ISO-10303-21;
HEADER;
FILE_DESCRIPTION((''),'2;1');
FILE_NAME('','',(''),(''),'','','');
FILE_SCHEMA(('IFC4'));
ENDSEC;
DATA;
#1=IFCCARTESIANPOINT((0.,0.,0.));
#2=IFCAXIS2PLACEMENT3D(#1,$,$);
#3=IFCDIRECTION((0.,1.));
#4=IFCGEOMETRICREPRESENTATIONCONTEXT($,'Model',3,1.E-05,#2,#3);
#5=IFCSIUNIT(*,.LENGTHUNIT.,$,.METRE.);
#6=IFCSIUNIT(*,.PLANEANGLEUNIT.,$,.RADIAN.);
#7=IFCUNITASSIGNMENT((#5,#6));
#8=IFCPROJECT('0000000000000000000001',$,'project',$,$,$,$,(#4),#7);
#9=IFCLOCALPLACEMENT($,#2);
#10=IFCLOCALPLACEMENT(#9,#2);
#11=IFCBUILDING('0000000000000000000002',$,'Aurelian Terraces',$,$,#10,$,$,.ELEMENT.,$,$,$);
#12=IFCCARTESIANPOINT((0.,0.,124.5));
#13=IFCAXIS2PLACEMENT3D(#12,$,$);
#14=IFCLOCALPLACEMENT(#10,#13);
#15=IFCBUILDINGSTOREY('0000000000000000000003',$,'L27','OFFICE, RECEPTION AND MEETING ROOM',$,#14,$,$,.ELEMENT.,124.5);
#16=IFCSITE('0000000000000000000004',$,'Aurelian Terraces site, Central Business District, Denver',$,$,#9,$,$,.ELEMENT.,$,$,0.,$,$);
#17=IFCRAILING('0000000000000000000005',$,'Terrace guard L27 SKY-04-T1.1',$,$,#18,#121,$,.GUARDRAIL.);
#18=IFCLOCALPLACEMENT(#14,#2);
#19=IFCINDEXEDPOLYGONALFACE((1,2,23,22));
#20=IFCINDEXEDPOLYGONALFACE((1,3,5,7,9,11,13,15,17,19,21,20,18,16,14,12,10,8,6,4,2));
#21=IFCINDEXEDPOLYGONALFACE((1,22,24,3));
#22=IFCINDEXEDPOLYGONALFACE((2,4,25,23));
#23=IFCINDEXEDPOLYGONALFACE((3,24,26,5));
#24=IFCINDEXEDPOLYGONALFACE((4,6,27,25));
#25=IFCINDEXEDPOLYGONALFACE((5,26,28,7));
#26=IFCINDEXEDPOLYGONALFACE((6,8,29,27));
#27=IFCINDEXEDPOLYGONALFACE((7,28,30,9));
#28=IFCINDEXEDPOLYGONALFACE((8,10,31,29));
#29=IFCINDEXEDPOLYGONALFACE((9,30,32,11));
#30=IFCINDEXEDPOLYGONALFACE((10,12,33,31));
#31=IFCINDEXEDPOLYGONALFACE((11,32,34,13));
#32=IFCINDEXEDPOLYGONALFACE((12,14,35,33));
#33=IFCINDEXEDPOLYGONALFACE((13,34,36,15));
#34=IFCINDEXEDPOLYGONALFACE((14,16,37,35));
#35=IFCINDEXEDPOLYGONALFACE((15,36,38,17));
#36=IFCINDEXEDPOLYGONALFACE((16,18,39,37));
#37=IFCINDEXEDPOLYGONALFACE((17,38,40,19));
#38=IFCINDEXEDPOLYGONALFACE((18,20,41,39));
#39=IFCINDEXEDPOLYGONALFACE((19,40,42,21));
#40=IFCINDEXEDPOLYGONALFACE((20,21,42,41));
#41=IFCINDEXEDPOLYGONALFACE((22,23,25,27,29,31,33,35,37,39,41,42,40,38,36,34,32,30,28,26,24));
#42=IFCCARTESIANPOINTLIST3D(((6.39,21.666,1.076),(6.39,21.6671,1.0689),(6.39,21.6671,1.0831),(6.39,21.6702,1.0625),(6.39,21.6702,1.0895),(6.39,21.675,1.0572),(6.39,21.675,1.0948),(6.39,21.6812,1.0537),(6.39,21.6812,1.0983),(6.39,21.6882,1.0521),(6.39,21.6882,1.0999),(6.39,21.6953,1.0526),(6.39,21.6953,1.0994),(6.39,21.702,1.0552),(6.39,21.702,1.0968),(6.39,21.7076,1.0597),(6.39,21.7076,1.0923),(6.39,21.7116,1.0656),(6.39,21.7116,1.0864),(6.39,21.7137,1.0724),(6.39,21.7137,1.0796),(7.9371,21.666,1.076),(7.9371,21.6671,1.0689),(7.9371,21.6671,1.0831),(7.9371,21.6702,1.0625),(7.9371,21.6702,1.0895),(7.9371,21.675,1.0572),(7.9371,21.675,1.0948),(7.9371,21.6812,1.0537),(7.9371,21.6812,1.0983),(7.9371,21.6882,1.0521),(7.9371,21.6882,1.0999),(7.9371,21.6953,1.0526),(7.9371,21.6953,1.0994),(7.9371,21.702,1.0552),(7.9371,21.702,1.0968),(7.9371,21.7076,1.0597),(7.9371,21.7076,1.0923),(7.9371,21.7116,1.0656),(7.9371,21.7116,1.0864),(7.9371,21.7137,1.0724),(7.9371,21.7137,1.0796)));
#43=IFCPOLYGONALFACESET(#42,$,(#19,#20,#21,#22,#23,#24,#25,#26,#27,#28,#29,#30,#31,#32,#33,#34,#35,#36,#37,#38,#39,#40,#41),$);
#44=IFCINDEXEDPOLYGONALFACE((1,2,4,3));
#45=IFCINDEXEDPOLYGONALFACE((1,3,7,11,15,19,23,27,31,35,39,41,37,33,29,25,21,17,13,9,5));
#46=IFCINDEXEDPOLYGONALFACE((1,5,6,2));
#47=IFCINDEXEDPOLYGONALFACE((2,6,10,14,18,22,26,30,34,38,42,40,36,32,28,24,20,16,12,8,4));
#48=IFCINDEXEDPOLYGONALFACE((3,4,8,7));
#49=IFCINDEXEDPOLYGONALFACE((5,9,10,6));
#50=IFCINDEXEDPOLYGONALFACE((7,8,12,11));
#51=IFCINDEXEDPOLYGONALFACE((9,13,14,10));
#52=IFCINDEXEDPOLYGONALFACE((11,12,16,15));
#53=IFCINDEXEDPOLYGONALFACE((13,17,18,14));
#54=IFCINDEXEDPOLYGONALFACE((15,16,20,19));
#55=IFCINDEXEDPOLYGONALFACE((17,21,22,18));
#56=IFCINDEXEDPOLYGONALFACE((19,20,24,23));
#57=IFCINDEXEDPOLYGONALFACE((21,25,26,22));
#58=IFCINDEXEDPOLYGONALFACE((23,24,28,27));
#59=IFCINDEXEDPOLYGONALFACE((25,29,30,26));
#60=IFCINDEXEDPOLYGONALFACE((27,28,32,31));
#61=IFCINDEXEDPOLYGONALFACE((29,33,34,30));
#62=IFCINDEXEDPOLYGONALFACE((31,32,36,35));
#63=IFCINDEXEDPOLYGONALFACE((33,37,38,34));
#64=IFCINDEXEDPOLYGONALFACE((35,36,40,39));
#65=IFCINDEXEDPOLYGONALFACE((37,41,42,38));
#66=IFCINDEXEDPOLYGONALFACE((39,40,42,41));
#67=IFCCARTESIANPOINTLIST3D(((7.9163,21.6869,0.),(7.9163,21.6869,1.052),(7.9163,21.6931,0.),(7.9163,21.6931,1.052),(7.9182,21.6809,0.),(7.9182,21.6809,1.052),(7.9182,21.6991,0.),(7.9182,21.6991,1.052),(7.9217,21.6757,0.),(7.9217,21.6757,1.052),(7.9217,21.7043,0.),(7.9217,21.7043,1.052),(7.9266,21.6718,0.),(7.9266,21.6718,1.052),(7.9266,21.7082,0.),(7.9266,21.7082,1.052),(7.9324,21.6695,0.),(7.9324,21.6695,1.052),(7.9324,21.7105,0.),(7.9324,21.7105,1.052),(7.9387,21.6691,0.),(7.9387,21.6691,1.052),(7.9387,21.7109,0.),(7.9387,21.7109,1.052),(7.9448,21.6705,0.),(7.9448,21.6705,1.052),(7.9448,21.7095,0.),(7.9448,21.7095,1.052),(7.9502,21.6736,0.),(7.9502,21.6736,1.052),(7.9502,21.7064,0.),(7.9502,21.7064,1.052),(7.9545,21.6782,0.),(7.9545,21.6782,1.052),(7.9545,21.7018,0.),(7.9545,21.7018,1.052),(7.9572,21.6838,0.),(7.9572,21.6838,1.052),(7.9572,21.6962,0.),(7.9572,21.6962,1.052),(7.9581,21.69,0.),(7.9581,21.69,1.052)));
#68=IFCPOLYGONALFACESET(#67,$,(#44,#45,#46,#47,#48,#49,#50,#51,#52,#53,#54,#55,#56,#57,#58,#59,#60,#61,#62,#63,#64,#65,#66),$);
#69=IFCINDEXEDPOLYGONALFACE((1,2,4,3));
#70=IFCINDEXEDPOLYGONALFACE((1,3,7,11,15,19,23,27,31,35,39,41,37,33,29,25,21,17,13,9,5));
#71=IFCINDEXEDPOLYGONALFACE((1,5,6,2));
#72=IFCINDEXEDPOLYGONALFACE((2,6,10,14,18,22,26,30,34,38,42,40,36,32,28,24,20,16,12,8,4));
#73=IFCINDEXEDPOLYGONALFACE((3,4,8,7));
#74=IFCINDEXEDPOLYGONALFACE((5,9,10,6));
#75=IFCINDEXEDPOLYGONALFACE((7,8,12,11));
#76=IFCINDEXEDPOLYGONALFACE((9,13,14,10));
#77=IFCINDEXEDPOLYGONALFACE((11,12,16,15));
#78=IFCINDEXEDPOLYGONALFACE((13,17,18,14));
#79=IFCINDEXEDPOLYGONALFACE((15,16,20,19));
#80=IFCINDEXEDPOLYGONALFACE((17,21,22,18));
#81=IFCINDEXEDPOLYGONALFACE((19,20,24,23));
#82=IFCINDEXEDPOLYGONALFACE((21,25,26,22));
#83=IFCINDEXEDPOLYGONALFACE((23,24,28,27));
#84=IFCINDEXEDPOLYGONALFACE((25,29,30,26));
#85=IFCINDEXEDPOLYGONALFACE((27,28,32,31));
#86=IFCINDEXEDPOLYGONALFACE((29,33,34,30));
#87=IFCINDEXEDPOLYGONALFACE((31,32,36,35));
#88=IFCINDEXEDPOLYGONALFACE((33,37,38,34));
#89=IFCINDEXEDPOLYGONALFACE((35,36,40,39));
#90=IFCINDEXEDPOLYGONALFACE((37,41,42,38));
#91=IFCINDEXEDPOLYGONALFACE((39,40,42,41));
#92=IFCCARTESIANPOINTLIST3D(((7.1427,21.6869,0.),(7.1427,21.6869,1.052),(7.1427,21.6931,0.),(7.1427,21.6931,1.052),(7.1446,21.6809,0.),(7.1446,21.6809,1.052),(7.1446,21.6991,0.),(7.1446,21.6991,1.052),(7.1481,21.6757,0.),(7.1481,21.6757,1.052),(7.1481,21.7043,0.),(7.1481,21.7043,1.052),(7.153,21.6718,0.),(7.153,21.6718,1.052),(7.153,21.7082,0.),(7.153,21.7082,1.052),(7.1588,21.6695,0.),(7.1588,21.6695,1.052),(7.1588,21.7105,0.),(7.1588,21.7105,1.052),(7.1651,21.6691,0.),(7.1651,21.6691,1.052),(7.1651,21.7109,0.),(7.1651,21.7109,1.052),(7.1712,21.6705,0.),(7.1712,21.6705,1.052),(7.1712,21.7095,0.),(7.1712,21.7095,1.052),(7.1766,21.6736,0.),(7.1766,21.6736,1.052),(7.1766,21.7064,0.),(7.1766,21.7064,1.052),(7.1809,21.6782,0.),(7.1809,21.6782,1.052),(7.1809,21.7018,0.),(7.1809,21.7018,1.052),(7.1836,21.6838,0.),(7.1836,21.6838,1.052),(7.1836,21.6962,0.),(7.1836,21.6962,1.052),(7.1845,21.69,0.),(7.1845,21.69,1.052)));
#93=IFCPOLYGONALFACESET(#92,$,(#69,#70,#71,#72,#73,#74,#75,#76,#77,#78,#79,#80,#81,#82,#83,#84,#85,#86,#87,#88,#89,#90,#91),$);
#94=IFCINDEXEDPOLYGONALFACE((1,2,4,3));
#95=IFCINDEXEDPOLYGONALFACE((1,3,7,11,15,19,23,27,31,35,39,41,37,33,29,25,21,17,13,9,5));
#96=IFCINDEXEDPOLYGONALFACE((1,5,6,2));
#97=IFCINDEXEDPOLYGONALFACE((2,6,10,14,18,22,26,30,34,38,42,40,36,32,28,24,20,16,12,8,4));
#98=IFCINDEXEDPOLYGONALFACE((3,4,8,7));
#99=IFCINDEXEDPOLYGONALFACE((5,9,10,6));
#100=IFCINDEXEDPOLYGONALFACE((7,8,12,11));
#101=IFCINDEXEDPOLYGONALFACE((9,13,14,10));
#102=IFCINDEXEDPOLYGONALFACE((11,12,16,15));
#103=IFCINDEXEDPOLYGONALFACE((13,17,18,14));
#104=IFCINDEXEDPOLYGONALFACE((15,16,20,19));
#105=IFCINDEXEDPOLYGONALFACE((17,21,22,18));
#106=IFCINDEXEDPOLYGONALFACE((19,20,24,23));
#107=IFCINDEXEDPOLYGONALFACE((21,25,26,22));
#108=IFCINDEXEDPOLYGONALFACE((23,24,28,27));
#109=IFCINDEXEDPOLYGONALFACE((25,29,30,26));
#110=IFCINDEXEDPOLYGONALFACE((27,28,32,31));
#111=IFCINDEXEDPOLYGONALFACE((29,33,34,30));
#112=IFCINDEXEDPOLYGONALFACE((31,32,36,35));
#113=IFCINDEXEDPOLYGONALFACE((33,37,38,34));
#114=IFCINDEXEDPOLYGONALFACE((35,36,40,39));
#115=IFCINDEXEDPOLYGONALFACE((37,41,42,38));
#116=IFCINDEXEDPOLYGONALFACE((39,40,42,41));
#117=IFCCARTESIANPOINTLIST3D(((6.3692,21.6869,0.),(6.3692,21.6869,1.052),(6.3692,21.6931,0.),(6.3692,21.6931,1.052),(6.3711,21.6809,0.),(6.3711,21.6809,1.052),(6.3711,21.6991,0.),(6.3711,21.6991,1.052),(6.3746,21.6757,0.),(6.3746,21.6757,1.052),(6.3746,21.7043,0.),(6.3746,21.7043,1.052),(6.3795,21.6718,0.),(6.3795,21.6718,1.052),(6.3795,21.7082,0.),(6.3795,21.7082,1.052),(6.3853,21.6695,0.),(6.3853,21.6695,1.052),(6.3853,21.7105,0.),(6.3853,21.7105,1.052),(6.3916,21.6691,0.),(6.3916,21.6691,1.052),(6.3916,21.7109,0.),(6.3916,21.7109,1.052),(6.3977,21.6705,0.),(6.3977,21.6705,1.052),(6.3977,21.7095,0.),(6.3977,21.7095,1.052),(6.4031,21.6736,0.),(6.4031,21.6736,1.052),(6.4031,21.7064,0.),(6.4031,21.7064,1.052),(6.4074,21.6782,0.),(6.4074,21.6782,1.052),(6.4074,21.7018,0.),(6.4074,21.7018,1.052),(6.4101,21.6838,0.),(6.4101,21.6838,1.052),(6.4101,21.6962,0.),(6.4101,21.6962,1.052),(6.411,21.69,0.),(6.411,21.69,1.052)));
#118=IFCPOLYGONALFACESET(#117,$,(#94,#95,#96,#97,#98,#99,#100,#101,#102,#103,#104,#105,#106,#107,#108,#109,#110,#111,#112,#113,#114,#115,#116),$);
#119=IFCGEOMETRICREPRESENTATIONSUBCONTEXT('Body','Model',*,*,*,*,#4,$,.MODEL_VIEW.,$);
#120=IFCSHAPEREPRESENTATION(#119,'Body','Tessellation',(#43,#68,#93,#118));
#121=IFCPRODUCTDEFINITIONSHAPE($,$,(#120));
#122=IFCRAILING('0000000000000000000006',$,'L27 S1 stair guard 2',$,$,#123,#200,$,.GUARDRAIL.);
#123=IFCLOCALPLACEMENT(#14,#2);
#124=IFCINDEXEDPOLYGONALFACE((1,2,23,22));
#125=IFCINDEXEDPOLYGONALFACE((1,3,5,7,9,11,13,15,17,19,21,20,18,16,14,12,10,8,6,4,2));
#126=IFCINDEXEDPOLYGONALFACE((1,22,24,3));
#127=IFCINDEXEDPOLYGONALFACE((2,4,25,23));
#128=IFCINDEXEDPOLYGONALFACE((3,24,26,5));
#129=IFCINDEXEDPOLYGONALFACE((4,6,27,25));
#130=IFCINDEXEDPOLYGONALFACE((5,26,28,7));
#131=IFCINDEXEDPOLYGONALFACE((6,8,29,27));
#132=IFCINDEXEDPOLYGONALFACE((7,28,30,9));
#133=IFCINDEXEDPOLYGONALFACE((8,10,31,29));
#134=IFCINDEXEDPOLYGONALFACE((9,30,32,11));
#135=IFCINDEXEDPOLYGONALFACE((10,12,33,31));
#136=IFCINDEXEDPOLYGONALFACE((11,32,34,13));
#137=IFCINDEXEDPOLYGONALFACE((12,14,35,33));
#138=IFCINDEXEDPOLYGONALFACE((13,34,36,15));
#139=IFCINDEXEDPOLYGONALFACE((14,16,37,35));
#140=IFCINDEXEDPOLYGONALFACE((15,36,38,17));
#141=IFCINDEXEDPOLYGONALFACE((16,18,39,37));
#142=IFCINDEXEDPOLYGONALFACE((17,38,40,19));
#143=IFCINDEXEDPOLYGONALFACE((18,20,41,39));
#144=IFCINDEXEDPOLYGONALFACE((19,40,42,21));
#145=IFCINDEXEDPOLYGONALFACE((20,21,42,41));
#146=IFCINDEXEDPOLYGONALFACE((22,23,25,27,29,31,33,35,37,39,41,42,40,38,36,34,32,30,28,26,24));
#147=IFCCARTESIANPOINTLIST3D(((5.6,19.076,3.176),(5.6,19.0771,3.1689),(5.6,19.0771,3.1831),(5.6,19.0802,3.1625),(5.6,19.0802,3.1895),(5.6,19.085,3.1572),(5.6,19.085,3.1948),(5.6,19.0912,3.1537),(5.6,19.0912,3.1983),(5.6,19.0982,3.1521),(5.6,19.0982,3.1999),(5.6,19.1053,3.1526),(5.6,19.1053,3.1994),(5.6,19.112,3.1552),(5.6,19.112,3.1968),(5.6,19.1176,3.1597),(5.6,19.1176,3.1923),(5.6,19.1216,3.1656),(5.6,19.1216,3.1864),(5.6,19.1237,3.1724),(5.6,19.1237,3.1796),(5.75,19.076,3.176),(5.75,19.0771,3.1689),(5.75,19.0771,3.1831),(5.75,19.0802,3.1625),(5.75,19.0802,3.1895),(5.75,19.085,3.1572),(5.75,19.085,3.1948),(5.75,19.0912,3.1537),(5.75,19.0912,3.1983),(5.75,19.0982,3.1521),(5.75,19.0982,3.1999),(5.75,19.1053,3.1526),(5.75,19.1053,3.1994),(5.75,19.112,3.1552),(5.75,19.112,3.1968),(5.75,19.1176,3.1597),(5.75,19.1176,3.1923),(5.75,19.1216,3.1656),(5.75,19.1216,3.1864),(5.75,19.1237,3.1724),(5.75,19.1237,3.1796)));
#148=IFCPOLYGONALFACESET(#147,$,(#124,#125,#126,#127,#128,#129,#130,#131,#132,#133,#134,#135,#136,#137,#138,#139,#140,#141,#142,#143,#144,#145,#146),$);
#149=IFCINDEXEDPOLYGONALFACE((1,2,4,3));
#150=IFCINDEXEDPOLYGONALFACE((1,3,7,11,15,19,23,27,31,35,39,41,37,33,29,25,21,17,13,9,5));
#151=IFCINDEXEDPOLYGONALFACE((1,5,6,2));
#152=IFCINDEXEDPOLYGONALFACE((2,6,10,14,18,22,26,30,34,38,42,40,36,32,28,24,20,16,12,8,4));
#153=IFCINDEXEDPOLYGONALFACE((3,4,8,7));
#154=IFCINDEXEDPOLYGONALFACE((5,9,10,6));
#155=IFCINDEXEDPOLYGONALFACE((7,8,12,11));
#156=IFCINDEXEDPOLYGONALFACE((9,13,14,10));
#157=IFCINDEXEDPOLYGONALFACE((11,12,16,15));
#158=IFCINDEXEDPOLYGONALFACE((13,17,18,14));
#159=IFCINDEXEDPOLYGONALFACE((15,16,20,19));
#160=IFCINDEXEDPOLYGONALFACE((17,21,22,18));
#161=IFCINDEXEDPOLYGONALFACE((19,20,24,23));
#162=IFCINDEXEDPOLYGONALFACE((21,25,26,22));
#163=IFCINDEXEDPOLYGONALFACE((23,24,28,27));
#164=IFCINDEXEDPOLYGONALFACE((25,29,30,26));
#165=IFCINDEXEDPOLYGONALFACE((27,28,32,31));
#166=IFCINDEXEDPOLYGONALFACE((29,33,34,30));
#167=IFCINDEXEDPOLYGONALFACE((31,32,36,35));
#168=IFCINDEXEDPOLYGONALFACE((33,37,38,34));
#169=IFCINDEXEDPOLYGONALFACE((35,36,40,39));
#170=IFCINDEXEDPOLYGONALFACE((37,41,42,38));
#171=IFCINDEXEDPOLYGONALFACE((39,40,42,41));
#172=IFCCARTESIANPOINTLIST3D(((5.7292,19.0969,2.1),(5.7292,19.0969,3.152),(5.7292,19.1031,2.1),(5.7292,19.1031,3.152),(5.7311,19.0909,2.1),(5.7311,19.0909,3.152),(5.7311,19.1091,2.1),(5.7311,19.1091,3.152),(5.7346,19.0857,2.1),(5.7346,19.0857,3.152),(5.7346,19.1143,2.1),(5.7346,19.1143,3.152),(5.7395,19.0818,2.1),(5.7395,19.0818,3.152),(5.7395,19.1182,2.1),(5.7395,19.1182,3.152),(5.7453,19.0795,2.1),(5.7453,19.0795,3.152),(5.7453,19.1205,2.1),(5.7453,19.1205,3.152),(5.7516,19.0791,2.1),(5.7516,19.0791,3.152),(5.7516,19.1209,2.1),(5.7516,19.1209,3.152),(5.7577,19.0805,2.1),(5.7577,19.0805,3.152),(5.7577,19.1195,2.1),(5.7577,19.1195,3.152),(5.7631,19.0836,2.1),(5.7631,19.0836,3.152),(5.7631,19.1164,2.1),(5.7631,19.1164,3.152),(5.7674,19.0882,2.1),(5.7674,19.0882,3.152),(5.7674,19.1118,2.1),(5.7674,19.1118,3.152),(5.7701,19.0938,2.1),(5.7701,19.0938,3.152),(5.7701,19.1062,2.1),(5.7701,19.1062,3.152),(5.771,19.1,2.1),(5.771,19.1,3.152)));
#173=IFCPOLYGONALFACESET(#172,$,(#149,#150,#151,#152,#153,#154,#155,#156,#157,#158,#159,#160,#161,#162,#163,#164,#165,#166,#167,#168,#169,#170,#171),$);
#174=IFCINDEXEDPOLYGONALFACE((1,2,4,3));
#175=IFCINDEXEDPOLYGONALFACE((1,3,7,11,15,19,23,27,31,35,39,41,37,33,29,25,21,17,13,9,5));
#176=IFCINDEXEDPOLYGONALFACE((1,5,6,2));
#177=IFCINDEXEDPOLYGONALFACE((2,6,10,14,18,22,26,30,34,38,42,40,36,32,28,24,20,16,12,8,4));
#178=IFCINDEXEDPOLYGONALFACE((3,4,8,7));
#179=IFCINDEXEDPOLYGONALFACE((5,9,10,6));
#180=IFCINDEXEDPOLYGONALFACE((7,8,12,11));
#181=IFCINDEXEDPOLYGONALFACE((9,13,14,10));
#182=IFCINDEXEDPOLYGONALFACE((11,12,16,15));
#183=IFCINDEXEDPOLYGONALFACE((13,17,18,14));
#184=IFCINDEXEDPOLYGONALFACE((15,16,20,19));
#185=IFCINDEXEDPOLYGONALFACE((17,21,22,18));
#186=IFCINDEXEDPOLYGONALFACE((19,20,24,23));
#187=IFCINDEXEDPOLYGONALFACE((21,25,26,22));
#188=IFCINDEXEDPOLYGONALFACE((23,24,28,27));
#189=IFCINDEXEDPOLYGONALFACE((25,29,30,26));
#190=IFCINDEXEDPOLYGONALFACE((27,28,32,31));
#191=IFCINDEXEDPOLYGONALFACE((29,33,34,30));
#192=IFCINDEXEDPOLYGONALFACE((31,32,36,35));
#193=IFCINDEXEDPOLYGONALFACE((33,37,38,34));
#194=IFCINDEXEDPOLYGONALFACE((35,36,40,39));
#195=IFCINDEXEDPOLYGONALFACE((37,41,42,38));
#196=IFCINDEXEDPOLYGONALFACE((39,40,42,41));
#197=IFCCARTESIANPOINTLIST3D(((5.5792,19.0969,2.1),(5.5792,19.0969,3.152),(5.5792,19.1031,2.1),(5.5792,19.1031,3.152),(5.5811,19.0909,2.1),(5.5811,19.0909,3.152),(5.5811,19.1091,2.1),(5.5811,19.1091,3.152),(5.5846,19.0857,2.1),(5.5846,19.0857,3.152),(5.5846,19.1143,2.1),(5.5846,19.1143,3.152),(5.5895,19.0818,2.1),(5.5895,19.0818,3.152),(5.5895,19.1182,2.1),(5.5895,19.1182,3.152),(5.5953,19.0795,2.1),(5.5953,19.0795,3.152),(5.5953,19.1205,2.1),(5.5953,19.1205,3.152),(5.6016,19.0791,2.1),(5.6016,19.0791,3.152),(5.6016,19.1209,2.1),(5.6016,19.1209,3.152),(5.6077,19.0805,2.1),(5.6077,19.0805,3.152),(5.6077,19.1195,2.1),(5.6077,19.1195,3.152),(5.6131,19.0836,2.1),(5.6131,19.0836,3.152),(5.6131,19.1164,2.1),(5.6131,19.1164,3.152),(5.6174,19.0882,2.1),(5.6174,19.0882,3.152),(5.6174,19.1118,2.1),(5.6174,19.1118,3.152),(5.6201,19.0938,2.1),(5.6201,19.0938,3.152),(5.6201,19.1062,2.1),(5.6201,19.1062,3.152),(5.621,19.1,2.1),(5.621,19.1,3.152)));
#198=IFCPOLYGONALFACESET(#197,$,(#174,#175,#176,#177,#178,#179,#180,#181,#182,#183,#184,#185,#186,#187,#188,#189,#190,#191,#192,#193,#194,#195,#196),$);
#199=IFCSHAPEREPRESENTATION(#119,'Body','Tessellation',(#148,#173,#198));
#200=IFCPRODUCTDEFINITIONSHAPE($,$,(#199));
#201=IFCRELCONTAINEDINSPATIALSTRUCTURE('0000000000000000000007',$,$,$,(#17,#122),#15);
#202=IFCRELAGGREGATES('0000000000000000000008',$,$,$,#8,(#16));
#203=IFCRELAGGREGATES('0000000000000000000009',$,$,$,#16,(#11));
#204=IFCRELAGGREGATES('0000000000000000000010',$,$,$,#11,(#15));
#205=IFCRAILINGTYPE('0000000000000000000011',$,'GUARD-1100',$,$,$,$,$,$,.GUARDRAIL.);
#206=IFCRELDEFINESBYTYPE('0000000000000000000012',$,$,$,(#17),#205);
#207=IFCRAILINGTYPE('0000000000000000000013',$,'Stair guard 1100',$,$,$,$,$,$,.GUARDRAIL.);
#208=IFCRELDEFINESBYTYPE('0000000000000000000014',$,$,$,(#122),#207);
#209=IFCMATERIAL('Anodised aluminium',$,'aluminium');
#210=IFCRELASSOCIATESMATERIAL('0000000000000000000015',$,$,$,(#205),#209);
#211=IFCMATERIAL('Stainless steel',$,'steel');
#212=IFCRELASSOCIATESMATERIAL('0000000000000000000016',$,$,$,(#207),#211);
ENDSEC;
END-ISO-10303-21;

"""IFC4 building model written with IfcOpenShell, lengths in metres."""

from ifc_helpers import new_model, si_unit, direction, frame, origin, origin_2d, place, context, subcontext, project, spatial, circle, extrude, source, transform, mapped, material, type_object, element, save


model = new_model("IFC4")

# Units and contexts
model_context = context("Model", 3, precision=1e-05, world=origin(), true_north=direction((0.0, 1.0)))
body_context = subcontext(model_context, "Body", "Model", "MODEL_VIEW")
ifc_project = project(units=[si_unit("LENGTHUNIT", "METRE"), si_unit("PLANEANGLEUNIT", "RADIAN")], contexts=[model_context])

# Site, building, storey
site_placement = place(None, origin())
site = spatial("IfcSite", under=ifc_project, at=site_placement, Name="Aurelian Terraces site, Central Business District, Denver", CompositionType="ELEMENT", RefElevation=0.0)
building_placement = place(site_placement, origin())
building = spatial("IfcBuilding", under=site, at=building_placement, Name="Aurelian Terraces", CompositionType="ELEMENT")
storey_placement = place(building_placement, frame((0.0, 0.0, 124.5)))
storey = spatial("IfcBuildingStorey", under=building, at=storey_placement, Name="L27", Description="OFFICE, RECEPTION AND MEETING ROOM", CompositionType="ELEMENT", Elevation=124.5)

# Shared definitions
ifc_material_1 = material(Name="Anodised aluminium", Category="aluminium")

# Railings
railing_type_1 = type_object("IfcRailingType", Name="GUARD-1100", PredefinedType="GUARDRAIL", material=ifc_material_1)
railing_1_placement = place(storey_placement, frame((7.9371, 21.69, 0.0)))
element("IfcRailing", 1, at=railing_1_placement, inside=storey, type_object=railing_type_1, Name="Terrace guard L27 SKY-04-T1.1", PredefinedType="GUARDRAIL", context=body_context, shape_type="SweptSolid", body=[
    extrude(circle(Radius=0.024, at=origin_2d()), frame((0.0, 0.0, 1.076), z_axis=(-1.0, 0.0, 0.0), x_axis=(0.0, -1.0, 0.0)), (0.0, 0.0, 1.0), 1.5471),
    extrude(circle(Radius=0.021, at=origin_2d()), origin(), (0.0, 0.0, 1.0), 1.052),
    extrude(circle(Radius=0.021, at=origin_2d()), frame((-0.7736, 0.0, 0.0)), (0.0, 0.0, 1.0), 1.052),
    extrude(circle(Radius=0.021, at=origin_2d()), frame((-1.5471, 0.0, 0.0)), (0.0, 0.0, 1.0), 1.052),
])
ifc_material_2 = material(Name="Stainless steel", Category="steel")
railing_type_2 = type_object("IfcRailingType", Name="Stair guard 1100", PredefinedType="GUARDRAIL", material=ifc_material_2)
shared_shape_1 = source(origin(), body_context, "Body", "SweptSolid", [
    extrude(circle(Radius=0.024, at=origin_2d()), frame((0.0, 0.0, 1.076), z_axis=(-1.0, 0.0, 0.0), x_axis=(0.0, -1.0, 0.0)), (0.0, 0.0, 1.0), 0.15),
    extrude(circle(Radius=0.021, at=origin_2d()), origin(), (0.0, 0.0, 1.0), 1.052),
    extrude(circle(Radius=0.021, at=origin_2d()), frame((-0.15, 0.0, 0.0)), (0.0, 0.0, 1.0), 1.052),
])
for number, where, name in (
    (2, (5.75, 19.1, 2.1), "L27 S1 stair guard 2"),
):
    element("IfcRailing", number, at=place(storey_placement, frame(where)), inside=storey, type_object=railing_type_2, Name=name, PredefinedType="GUARDRAIL", context=body_context, shape_type="MappedRepresentation", body=[
        mapped(shared_shape_1, transform((0.0, 0.0, 0.0), scale=1.0)),
    ])

save(model, "model.ifc")
